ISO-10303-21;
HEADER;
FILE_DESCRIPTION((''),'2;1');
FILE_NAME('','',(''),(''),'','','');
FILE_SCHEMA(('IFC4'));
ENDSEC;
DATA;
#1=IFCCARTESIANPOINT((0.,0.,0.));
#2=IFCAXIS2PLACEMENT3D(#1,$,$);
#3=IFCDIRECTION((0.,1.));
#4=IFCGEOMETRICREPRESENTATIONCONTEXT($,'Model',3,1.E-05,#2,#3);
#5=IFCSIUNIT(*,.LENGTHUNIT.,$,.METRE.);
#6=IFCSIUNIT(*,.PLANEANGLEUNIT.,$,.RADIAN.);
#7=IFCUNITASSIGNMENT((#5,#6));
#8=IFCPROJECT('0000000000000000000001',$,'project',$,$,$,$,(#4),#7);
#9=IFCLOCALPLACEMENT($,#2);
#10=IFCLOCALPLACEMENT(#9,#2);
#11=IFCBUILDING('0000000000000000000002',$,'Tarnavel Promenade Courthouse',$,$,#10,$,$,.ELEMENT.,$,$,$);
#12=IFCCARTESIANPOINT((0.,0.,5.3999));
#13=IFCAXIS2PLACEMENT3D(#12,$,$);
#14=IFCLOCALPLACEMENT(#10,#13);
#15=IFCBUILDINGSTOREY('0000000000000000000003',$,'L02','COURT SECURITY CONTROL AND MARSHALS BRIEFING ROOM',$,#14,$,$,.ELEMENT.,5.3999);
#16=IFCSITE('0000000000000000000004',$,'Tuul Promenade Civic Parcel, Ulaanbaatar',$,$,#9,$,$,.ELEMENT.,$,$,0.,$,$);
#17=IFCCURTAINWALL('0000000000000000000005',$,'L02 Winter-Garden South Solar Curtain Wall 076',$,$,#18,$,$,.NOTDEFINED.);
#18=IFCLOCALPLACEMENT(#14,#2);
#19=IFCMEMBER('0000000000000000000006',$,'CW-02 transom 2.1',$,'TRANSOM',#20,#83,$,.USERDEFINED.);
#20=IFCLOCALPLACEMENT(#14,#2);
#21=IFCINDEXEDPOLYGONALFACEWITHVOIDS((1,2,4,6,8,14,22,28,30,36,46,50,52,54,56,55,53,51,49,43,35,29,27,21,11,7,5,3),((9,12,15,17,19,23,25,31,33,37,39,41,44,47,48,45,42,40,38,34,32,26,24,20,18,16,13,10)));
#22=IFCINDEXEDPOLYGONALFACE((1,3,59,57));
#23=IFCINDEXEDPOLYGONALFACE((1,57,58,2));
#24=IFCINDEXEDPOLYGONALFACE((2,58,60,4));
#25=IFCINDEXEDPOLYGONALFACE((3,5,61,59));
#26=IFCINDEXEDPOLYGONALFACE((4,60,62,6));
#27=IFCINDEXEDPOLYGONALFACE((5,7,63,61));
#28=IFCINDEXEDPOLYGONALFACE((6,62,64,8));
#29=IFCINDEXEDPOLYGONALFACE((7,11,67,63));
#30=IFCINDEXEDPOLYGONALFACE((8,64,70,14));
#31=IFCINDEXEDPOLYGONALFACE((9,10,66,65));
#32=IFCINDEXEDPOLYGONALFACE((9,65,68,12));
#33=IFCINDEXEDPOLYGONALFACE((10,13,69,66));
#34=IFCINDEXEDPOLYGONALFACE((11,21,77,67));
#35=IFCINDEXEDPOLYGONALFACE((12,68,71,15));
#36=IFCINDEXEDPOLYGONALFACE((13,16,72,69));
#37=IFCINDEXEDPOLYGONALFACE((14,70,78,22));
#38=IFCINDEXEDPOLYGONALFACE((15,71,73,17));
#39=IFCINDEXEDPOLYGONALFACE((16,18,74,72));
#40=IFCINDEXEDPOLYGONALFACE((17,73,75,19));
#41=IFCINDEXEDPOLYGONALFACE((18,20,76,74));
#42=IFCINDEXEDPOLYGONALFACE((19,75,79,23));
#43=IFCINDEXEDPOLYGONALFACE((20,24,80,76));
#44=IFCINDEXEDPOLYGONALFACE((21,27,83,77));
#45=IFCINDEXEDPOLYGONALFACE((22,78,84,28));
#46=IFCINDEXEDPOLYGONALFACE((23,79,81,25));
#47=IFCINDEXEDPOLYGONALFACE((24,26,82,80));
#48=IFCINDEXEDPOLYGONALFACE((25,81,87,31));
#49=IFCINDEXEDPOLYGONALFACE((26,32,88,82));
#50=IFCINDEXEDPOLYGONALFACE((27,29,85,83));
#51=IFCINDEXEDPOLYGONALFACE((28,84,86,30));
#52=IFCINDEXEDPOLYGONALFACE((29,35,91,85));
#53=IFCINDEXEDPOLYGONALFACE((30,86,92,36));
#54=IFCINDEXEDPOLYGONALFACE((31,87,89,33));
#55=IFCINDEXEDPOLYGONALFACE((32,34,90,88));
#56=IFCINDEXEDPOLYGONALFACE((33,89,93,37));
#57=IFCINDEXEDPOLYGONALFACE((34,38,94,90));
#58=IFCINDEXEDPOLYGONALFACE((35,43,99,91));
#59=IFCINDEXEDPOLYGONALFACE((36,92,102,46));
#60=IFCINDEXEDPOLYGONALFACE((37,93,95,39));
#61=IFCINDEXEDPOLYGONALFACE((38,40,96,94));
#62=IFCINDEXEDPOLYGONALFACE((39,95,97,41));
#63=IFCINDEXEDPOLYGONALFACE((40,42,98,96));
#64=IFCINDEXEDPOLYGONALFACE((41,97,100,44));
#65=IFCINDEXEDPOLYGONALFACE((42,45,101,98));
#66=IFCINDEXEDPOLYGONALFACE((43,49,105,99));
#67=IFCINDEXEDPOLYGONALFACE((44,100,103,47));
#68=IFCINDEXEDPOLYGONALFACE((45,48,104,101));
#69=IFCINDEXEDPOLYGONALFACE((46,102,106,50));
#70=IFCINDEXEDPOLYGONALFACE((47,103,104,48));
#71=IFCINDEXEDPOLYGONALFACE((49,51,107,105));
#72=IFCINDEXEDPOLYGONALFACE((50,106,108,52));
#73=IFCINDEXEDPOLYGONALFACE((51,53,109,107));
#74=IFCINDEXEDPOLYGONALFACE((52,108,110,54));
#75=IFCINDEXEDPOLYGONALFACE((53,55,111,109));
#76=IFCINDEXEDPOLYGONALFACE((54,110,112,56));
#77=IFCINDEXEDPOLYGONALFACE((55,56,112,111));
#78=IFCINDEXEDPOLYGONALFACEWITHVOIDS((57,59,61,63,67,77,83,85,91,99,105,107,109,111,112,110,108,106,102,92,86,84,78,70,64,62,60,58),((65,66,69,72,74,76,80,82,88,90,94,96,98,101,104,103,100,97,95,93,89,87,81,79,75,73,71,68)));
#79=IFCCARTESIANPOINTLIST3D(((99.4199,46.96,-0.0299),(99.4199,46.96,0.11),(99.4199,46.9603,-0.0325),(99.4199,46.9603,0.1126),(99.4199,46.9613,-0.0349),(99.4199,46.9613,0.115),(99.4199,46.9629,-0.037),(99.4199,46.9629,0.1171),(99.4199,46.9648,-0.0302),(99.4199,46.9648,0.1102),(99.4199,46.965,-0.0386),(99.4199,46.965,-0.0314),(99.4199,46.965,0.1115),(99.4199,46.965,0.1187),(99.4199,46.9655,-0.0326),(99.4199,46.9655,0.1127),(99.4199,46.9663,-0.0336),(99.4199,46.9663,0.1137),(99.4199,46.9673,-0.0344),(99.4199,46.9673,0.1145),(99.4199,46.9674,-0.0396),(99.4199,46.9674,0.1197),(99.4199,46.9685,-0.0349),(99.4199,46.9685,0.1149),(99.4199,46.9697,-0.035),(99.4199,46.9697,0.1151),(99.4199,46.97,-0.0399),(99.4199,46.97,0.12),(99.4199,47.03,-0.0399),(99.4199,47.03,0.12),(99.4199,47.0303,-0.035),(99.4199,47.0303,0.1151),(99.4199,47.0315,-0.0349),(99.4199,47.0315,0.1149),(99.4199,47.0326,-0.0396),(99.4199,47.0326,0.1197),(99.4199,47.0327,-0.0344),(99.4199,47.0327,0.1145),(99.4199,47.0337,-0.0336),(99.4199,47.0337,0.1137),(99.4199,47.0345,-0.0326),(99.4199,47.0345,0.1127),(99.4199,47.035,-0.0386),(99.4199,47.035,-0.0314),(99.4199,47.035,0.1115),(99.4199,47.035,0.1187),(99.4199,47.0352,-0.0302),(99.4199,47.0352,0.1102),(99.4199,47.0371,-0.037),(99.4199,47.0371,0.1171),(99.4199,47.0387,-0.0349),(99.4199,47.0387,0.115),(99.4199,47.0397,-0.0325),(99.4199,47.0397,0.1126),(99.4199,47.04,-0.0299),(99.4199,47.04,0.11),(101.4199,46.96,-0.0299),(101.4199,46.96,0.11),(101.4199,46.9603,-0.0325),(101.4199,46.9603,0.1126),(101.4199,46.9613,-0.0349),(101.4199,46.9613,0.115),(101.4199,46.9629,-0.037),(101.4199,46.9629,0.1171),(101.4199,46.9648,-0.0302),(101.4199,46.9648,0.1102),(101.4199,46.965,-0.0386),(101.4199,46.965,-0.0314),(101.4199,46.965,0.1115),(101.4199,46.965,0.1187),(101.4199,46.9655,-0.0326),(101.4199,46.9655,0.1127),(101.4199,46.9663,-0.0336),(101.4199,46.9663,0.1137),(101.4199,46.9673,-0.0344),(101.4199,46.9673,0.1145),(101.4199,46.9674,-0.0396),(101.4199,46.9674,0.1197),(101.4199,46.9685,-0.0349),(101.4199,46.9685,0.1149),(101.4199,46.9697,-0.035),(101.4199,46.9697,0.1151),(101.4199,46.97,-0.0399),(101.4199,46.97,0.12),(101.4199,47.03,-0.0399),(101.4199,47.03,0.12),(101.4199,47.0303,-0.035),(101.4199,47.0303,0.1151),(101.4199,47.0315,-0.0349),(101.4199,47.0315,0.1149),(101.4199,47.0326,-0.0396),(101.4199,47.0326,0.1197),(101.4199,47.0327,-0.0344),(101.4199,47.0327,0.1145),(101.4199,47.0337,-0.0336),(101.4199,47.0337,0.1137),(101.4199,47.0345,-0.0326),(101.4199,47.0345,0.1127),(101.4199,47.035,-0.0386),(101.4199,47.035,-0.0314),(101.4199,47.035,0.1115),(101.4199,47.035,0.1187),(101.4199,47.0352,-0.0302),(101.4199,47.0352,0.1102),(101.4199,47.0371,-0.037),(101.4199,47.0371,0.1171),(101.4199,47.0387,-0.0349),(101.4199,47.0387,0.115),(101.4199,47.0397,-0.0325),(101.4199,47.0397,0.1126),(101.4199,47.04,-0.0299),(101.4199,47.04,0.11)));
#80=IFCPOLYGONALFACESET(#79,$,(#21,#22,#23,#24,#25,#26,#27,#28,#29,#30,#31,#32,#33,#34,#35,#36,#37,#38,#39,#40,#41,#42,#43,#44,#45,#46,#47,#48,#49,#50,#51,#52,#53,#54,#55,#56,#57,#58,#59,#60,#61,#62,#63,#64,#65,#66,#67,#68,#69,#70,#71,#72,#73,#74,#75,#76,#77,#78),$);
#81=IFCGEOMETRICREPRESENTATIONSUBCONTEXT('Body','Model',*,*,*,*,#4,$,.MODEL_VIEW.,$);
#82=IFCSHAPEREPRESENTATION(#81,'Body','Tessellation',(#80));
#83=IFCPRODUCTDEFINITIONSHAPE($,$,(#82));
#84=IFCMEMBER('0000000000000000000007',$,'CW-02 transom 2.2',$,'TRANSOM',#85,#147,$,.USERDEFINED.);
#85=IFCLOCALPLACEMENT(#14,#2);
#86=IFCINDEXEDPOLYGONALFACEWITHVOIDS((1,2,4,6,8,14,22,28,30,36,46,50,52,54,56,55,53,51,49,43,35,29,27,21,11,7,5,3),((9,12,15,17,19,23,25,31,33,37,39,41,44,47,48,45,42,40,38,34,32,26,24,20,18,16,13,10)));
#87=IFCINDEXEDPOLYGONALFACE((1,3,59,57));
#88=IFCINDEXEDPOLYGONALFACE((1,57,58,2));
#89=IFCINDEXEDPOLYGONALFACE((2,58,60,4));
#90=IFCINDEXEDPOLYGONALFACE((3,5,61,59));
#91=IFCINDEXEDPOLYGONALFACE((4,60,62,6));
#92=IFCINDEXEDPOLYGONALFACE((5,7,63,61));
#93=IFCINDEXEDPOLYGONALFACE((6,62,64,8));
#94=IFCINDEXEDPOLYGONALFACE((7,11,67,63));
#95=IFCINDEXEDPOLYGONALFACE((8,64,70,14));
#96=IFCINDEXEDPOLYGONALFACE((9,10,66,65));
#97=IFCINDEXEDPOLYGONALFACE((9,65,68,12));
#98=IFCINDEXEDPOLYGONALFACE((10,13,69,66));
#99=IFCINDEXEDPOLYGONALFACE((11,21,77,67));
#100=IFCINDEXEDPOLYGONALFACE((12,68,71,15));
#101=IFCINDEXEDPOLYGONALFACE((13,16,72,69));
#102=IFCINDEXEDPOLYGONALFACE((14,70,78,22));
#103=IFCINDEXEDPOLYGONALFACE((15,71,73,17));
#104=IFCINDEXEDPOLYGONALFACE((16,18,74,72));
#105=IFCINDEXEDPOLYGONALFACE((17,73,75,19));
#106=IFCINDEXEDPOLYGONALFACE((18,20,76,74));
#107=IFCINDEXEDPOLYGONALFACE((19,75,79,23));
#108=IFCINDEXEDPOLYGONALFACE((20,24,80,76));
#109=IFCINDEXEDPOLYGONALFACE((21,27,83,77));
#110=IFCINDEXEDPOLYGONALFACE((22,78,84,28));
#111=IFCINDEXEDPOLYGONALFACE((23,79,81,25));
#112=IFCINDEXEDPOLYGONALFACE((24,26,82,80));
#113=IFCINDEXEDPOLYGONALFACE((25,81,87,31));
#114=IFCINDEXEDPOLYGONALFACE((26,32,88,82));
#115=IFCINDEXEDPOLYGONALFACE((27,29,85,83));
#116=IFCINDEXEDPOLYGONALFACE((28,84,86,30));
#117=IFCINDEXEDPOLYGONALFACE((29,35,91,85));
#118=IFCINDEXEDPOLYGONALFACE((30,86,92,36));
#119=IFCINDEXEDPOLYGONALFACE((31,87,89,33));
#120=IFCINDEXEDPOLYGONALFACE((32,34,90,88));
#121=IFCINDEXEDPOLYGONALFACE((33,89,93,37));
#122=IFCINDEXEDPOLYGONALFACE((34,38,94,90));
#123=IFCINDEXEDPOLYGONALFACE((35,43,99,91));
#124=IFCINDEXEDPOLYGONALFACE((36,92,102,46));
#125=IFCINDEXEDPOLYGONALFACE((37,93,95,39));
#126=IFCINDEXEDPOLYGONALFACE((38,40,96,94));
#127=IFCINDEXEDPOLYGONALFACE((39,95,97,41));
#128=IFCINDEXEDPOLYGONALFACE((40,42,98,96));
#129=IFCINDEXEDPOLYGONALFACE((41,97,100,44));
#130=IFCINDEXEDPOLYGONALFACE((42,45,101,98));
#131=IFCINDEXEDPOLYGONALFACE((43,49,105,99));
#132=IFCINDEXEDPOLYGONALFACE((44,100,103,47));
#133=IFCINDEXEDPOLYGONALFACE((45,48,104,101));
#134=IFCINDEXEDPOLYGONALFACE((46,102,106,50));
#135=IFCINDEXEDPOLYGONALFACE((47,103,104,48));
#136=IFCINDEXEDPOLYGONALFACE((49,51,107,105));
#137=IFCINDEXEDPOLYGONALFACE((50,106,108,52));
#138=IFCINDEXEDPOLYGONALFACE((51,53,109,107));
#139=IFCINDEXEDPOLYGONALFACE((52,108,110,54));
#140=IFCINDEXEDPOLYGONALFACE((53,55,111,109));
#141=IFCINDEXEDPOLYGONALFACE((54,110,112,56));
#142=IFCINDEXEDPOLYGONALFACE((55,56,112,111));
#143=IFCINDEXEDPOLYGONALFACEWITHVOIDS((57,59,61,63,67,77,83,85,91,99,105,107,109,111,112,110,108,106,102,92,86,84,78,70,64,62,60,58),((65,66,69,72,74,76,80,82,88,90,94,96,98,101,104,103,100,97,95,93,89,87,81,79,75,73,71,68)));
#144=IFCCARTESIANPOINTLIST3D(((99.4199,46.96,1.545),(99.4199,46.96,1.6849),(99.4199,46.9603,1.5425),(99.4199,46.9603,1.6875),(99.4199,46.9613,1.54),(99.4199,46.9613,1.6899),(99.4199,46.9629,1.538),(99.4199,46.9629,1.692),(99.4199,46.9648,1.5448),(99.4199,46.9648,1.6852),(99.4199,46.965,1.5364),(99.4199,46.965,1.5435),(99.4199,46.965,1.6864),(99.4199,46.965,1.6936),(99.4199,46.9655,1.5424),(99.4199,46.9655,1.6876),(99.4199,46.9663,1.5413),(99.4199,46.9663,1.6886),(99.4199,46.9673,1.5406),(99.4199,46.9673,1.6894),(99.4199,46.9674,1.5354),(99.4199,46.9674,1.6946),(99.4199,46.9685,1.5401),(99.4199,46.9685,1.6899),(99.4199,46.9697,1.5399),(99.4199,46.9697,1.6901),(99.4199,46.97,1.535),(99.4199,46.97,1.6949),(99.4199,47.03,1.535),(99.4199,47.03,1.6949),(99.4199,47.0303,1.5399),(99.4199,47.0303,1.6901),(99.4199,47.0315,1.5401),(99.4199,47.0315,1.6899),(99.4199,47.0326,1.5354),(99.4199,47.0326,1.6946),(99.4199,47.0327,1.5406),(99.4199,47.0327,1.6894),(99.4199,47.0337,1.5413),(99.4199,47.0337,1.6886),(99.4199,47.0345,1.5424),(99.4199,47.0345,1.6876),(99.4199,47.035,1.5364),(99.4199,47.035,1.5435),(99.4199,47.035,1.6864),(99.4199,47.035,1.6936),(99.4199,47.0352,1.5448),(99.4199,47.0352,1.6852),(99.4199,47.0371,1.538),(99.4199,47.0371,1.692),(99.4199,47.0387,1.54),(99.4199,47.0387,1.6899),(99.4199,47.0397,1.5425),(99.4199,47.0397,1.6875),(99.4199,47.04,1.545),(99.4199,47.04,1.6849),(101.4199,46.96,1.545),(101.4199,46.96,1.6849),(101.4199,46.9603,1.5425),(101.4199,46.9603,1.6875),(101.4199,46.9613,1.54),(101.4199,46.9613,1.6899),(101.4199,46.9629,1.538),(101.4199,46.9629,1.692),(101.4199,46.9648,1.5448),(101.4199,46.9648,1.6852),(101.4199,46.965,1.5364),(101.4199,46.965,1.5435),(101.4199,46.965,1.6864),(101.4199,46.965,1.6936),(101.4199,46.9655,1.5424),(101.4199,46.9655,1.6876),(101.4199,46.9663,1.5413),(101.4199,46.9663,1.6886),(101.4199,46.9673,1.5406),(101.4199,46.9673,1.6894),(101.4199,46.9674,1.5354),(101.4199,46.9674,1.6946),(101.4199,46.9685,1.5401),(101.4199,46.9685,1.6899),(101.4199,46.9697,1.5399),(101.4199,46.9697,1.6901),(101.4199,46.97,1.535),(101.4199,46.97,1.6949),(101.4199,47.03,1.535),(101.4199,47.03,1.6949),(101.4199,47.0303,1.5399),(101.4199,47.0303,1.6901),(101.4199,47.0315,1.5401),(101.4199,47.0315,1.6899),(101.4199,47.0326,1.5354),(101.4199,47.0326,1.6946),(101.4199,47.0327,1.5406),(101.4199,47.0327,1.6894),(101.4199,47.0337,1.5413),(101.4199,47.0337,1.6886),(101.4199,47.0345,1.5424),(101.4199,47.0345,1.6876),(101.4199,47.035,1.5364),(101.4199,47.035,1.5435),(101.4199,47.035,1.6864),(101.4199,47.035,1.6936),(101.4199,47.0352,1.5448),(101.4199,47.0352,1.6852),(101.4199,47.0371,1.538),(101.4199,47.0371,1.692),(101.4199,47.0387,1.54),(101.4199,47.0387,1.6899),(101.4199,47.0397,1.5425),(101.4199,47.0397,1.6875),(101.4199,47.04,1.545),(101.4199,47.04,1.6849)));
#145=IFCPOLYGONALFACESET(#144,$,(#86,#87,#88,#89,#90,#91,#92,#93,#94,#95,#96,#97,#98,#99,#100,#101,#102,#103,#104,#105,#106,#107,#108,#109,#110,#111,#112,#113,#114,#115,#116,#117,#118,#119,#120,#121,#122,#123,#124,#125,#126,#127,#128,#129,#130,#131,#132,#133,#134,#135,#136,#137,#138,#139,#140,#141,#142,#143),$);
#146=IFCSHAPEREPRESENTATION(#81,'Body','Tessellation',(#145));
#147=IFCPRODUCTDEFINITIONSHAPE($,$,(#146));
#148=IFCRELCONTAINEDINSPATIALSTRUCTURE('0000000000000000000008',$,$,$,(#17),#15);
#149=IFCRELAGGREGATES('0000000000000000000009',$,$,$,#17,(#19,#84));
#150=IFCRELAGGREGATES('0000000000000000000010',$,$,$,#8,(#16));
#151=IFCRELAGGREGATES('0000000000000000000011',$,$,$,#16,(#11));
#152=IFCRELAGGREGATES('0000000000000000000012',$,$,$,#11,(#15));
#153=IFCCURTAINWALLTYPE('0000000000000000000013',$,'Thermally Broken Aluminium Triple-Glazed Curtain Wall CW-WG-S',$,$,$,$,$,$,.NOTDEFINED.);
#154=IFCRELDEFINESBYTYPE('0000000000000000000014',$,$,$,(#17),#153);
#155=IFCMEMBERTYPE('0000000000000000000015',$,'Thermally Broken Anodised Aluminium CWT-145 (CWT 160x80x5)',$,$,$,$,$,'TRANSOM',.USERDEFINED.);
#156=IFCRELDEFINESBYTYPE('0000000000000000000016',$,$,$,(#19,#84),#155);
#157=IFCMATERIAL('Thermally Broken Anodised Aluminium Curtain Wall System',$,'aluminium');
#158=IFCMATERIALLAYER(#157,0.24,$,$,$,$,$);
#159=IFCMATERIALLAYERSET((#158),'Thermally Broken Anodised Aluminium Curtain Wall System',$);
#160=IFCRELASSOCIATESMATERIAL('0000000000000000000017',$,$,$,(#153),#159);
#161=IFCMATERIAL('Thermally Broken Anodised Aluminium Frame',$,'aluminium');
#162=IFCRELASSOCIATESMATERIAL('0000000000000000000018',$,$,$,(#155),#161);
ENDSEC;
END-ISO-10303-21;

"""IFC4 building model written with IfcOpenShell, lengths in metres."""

from ifc_helpers import new_model, si_unit, direction, frame, origin, origin_2d, place, context, subcontext, project, spatial, hollow_rectangle, extrude, material, layer, layer_set, material_profile, profile_set, type_object, element, aggregate, save


model = new_model("IFC4")

# Units and contexts
model_context = context("Model", 3, precision=1e-05, world=origin(), true_north=direction((0.0, 1.0)))
body_context = subcontext(model_context, "Body", "Model", "MODEL_VIEW")
ifc_project = project(units=[si_unit("LENGTHUNIT", "METRE"), si_unit("PLANEANGLEUNIT", "RADIAN")], contexts=[model_context])

# Site, building, storey
site_placement = place(None, origin())
site = spatial("IfcSite", under=ifc_project, at=site_placement, Name="Tuul Promenade Civic Parcel, Ulaanbaatar", CompositionType="ELEMENT", RefElevation=0.0)
building_placement = place(site_placement, origin())
building = spatial("IfcBuilding", under=site, at=building_placement, Name="Tarnavel Promenade Courthouse", CompositionType="ELEMENT")
storey_placement = place(building_placement, frame((0.0, 0.0, 5.3999)))
storey = spatial("IfcBuildingStorey", under=building, at=storey_placement, Name="L02", Description="COURT SECURITY CONTROL AND MARSHALS BRIEFING ROOM", CompositionType="ELEMENT", Elevation=5.3999)

# Shared definitions
ifc_material_1 = material(Name="Thermally Broken Anodised Aluminium Curtain Wall System", Category="aluminium")
ifc_layer_1 = layer(ifc_material_1, 0.24)
ifc_layer_set_1 = layer_set([ifc_layer_1], Name="Thermally Broken Anodised Aluminium Curtain Wall System")
curtain_wall_type = type_object("IfcCurtainWallType", Name="Thermally Broken Aluminium Triple-Glazed Curtain Wall CW-WG-S", PredefinedType="NOTDEFINED", material=ifc_layer_set_1)
ifc_material_2 = material(Name="Thermally Broken Anodised Aluminium Frame", Category="aluminium")

# Curtain wall
curtain_wall_1_placement = place(storey_placement, origin())
curtain_wall_1 = element("IfcCurtainWall", 1, at=curtain_wall_1_placement, inside=storey, type_object=curtain_wall_type, Name="L02 Winter-Garden South Solar Curtain Wall 076", PredefinedType="NOTDEFINED")

# Members
ifc_material_profile_1 = material_profile(ifc_material_2, hollow_rectangle(XDim=0.0801, YDim=0.1599, WallThickness=0.0049, InnerFilletRadius=0.0049, OuterFilletRadius=0.01, at=origin_2d()), Name="CWT 160x80x5")
ifc_profile_set_1 = profile_set([ifc_material_profile_1], Name="Thermally Broken Anodised Aluminium Frame")
member_type_1 = type_object("IfcMemberType", Name="Thermally Broken Anodised Aluminium CWT-145 (CWT 160x80x5)", ElementType="TRANSOM", PredefinedType="USERDEFINED", material=ifc_profile_set_1)
member_1_placement = place(storey_placement, frame((99.4199, 47.0, 0.04), z_axis=(1.0, 0.0, 0.0), x_axis=(0.0, 1.0, 0.0)))
member_1 = element("IfcMember", 2, at=member_1_placement, type_object=member_type_1, Name="CW-02 transom 2.1", ObjectType="TRANSOM", PredefinedType="USERDEFINED", context=body_context, shape_type="SweptSolid", body=[
    extrude(hollow_rectangle(XDim=0.0801, YDim=0.1599, WallThickness=0.0049, InnerFilletRadius=0.0049, OuterFilletRadius=0.01, at=origin_2d()), origin(), (0.0, 0.0, 1.0), 2.0),
])
member_2_placement = place(storey_placement, frame((99.4199, 47.0, 1.615), z_axis=(1.0, 0.0, 0.0), x_axis=(0.0, 1.0, 0.0)))
member_2 = element("IfcMember", 3, at=member_2_placement, type_object=member_type_1, Name="CW-02 transom 2.2", ObjectType="TRANSOM", PredefinedType="USERDEFINED", context=body_context, shape_type="SweptSolid", body=[
    extrude(hollow_rectangle(XDim=0.0801, YDim=0.1599, WallThickness=0.0049, InnerFilletRadius=0.0049, OuterFilletRadius=0.01, at=origin_2d()), origin(), (0.0, 0.0, 1.0), 2.0),
])

aggregate(curtain_wall_1, [member_1, member_2])

save(model, "model.ifc")
